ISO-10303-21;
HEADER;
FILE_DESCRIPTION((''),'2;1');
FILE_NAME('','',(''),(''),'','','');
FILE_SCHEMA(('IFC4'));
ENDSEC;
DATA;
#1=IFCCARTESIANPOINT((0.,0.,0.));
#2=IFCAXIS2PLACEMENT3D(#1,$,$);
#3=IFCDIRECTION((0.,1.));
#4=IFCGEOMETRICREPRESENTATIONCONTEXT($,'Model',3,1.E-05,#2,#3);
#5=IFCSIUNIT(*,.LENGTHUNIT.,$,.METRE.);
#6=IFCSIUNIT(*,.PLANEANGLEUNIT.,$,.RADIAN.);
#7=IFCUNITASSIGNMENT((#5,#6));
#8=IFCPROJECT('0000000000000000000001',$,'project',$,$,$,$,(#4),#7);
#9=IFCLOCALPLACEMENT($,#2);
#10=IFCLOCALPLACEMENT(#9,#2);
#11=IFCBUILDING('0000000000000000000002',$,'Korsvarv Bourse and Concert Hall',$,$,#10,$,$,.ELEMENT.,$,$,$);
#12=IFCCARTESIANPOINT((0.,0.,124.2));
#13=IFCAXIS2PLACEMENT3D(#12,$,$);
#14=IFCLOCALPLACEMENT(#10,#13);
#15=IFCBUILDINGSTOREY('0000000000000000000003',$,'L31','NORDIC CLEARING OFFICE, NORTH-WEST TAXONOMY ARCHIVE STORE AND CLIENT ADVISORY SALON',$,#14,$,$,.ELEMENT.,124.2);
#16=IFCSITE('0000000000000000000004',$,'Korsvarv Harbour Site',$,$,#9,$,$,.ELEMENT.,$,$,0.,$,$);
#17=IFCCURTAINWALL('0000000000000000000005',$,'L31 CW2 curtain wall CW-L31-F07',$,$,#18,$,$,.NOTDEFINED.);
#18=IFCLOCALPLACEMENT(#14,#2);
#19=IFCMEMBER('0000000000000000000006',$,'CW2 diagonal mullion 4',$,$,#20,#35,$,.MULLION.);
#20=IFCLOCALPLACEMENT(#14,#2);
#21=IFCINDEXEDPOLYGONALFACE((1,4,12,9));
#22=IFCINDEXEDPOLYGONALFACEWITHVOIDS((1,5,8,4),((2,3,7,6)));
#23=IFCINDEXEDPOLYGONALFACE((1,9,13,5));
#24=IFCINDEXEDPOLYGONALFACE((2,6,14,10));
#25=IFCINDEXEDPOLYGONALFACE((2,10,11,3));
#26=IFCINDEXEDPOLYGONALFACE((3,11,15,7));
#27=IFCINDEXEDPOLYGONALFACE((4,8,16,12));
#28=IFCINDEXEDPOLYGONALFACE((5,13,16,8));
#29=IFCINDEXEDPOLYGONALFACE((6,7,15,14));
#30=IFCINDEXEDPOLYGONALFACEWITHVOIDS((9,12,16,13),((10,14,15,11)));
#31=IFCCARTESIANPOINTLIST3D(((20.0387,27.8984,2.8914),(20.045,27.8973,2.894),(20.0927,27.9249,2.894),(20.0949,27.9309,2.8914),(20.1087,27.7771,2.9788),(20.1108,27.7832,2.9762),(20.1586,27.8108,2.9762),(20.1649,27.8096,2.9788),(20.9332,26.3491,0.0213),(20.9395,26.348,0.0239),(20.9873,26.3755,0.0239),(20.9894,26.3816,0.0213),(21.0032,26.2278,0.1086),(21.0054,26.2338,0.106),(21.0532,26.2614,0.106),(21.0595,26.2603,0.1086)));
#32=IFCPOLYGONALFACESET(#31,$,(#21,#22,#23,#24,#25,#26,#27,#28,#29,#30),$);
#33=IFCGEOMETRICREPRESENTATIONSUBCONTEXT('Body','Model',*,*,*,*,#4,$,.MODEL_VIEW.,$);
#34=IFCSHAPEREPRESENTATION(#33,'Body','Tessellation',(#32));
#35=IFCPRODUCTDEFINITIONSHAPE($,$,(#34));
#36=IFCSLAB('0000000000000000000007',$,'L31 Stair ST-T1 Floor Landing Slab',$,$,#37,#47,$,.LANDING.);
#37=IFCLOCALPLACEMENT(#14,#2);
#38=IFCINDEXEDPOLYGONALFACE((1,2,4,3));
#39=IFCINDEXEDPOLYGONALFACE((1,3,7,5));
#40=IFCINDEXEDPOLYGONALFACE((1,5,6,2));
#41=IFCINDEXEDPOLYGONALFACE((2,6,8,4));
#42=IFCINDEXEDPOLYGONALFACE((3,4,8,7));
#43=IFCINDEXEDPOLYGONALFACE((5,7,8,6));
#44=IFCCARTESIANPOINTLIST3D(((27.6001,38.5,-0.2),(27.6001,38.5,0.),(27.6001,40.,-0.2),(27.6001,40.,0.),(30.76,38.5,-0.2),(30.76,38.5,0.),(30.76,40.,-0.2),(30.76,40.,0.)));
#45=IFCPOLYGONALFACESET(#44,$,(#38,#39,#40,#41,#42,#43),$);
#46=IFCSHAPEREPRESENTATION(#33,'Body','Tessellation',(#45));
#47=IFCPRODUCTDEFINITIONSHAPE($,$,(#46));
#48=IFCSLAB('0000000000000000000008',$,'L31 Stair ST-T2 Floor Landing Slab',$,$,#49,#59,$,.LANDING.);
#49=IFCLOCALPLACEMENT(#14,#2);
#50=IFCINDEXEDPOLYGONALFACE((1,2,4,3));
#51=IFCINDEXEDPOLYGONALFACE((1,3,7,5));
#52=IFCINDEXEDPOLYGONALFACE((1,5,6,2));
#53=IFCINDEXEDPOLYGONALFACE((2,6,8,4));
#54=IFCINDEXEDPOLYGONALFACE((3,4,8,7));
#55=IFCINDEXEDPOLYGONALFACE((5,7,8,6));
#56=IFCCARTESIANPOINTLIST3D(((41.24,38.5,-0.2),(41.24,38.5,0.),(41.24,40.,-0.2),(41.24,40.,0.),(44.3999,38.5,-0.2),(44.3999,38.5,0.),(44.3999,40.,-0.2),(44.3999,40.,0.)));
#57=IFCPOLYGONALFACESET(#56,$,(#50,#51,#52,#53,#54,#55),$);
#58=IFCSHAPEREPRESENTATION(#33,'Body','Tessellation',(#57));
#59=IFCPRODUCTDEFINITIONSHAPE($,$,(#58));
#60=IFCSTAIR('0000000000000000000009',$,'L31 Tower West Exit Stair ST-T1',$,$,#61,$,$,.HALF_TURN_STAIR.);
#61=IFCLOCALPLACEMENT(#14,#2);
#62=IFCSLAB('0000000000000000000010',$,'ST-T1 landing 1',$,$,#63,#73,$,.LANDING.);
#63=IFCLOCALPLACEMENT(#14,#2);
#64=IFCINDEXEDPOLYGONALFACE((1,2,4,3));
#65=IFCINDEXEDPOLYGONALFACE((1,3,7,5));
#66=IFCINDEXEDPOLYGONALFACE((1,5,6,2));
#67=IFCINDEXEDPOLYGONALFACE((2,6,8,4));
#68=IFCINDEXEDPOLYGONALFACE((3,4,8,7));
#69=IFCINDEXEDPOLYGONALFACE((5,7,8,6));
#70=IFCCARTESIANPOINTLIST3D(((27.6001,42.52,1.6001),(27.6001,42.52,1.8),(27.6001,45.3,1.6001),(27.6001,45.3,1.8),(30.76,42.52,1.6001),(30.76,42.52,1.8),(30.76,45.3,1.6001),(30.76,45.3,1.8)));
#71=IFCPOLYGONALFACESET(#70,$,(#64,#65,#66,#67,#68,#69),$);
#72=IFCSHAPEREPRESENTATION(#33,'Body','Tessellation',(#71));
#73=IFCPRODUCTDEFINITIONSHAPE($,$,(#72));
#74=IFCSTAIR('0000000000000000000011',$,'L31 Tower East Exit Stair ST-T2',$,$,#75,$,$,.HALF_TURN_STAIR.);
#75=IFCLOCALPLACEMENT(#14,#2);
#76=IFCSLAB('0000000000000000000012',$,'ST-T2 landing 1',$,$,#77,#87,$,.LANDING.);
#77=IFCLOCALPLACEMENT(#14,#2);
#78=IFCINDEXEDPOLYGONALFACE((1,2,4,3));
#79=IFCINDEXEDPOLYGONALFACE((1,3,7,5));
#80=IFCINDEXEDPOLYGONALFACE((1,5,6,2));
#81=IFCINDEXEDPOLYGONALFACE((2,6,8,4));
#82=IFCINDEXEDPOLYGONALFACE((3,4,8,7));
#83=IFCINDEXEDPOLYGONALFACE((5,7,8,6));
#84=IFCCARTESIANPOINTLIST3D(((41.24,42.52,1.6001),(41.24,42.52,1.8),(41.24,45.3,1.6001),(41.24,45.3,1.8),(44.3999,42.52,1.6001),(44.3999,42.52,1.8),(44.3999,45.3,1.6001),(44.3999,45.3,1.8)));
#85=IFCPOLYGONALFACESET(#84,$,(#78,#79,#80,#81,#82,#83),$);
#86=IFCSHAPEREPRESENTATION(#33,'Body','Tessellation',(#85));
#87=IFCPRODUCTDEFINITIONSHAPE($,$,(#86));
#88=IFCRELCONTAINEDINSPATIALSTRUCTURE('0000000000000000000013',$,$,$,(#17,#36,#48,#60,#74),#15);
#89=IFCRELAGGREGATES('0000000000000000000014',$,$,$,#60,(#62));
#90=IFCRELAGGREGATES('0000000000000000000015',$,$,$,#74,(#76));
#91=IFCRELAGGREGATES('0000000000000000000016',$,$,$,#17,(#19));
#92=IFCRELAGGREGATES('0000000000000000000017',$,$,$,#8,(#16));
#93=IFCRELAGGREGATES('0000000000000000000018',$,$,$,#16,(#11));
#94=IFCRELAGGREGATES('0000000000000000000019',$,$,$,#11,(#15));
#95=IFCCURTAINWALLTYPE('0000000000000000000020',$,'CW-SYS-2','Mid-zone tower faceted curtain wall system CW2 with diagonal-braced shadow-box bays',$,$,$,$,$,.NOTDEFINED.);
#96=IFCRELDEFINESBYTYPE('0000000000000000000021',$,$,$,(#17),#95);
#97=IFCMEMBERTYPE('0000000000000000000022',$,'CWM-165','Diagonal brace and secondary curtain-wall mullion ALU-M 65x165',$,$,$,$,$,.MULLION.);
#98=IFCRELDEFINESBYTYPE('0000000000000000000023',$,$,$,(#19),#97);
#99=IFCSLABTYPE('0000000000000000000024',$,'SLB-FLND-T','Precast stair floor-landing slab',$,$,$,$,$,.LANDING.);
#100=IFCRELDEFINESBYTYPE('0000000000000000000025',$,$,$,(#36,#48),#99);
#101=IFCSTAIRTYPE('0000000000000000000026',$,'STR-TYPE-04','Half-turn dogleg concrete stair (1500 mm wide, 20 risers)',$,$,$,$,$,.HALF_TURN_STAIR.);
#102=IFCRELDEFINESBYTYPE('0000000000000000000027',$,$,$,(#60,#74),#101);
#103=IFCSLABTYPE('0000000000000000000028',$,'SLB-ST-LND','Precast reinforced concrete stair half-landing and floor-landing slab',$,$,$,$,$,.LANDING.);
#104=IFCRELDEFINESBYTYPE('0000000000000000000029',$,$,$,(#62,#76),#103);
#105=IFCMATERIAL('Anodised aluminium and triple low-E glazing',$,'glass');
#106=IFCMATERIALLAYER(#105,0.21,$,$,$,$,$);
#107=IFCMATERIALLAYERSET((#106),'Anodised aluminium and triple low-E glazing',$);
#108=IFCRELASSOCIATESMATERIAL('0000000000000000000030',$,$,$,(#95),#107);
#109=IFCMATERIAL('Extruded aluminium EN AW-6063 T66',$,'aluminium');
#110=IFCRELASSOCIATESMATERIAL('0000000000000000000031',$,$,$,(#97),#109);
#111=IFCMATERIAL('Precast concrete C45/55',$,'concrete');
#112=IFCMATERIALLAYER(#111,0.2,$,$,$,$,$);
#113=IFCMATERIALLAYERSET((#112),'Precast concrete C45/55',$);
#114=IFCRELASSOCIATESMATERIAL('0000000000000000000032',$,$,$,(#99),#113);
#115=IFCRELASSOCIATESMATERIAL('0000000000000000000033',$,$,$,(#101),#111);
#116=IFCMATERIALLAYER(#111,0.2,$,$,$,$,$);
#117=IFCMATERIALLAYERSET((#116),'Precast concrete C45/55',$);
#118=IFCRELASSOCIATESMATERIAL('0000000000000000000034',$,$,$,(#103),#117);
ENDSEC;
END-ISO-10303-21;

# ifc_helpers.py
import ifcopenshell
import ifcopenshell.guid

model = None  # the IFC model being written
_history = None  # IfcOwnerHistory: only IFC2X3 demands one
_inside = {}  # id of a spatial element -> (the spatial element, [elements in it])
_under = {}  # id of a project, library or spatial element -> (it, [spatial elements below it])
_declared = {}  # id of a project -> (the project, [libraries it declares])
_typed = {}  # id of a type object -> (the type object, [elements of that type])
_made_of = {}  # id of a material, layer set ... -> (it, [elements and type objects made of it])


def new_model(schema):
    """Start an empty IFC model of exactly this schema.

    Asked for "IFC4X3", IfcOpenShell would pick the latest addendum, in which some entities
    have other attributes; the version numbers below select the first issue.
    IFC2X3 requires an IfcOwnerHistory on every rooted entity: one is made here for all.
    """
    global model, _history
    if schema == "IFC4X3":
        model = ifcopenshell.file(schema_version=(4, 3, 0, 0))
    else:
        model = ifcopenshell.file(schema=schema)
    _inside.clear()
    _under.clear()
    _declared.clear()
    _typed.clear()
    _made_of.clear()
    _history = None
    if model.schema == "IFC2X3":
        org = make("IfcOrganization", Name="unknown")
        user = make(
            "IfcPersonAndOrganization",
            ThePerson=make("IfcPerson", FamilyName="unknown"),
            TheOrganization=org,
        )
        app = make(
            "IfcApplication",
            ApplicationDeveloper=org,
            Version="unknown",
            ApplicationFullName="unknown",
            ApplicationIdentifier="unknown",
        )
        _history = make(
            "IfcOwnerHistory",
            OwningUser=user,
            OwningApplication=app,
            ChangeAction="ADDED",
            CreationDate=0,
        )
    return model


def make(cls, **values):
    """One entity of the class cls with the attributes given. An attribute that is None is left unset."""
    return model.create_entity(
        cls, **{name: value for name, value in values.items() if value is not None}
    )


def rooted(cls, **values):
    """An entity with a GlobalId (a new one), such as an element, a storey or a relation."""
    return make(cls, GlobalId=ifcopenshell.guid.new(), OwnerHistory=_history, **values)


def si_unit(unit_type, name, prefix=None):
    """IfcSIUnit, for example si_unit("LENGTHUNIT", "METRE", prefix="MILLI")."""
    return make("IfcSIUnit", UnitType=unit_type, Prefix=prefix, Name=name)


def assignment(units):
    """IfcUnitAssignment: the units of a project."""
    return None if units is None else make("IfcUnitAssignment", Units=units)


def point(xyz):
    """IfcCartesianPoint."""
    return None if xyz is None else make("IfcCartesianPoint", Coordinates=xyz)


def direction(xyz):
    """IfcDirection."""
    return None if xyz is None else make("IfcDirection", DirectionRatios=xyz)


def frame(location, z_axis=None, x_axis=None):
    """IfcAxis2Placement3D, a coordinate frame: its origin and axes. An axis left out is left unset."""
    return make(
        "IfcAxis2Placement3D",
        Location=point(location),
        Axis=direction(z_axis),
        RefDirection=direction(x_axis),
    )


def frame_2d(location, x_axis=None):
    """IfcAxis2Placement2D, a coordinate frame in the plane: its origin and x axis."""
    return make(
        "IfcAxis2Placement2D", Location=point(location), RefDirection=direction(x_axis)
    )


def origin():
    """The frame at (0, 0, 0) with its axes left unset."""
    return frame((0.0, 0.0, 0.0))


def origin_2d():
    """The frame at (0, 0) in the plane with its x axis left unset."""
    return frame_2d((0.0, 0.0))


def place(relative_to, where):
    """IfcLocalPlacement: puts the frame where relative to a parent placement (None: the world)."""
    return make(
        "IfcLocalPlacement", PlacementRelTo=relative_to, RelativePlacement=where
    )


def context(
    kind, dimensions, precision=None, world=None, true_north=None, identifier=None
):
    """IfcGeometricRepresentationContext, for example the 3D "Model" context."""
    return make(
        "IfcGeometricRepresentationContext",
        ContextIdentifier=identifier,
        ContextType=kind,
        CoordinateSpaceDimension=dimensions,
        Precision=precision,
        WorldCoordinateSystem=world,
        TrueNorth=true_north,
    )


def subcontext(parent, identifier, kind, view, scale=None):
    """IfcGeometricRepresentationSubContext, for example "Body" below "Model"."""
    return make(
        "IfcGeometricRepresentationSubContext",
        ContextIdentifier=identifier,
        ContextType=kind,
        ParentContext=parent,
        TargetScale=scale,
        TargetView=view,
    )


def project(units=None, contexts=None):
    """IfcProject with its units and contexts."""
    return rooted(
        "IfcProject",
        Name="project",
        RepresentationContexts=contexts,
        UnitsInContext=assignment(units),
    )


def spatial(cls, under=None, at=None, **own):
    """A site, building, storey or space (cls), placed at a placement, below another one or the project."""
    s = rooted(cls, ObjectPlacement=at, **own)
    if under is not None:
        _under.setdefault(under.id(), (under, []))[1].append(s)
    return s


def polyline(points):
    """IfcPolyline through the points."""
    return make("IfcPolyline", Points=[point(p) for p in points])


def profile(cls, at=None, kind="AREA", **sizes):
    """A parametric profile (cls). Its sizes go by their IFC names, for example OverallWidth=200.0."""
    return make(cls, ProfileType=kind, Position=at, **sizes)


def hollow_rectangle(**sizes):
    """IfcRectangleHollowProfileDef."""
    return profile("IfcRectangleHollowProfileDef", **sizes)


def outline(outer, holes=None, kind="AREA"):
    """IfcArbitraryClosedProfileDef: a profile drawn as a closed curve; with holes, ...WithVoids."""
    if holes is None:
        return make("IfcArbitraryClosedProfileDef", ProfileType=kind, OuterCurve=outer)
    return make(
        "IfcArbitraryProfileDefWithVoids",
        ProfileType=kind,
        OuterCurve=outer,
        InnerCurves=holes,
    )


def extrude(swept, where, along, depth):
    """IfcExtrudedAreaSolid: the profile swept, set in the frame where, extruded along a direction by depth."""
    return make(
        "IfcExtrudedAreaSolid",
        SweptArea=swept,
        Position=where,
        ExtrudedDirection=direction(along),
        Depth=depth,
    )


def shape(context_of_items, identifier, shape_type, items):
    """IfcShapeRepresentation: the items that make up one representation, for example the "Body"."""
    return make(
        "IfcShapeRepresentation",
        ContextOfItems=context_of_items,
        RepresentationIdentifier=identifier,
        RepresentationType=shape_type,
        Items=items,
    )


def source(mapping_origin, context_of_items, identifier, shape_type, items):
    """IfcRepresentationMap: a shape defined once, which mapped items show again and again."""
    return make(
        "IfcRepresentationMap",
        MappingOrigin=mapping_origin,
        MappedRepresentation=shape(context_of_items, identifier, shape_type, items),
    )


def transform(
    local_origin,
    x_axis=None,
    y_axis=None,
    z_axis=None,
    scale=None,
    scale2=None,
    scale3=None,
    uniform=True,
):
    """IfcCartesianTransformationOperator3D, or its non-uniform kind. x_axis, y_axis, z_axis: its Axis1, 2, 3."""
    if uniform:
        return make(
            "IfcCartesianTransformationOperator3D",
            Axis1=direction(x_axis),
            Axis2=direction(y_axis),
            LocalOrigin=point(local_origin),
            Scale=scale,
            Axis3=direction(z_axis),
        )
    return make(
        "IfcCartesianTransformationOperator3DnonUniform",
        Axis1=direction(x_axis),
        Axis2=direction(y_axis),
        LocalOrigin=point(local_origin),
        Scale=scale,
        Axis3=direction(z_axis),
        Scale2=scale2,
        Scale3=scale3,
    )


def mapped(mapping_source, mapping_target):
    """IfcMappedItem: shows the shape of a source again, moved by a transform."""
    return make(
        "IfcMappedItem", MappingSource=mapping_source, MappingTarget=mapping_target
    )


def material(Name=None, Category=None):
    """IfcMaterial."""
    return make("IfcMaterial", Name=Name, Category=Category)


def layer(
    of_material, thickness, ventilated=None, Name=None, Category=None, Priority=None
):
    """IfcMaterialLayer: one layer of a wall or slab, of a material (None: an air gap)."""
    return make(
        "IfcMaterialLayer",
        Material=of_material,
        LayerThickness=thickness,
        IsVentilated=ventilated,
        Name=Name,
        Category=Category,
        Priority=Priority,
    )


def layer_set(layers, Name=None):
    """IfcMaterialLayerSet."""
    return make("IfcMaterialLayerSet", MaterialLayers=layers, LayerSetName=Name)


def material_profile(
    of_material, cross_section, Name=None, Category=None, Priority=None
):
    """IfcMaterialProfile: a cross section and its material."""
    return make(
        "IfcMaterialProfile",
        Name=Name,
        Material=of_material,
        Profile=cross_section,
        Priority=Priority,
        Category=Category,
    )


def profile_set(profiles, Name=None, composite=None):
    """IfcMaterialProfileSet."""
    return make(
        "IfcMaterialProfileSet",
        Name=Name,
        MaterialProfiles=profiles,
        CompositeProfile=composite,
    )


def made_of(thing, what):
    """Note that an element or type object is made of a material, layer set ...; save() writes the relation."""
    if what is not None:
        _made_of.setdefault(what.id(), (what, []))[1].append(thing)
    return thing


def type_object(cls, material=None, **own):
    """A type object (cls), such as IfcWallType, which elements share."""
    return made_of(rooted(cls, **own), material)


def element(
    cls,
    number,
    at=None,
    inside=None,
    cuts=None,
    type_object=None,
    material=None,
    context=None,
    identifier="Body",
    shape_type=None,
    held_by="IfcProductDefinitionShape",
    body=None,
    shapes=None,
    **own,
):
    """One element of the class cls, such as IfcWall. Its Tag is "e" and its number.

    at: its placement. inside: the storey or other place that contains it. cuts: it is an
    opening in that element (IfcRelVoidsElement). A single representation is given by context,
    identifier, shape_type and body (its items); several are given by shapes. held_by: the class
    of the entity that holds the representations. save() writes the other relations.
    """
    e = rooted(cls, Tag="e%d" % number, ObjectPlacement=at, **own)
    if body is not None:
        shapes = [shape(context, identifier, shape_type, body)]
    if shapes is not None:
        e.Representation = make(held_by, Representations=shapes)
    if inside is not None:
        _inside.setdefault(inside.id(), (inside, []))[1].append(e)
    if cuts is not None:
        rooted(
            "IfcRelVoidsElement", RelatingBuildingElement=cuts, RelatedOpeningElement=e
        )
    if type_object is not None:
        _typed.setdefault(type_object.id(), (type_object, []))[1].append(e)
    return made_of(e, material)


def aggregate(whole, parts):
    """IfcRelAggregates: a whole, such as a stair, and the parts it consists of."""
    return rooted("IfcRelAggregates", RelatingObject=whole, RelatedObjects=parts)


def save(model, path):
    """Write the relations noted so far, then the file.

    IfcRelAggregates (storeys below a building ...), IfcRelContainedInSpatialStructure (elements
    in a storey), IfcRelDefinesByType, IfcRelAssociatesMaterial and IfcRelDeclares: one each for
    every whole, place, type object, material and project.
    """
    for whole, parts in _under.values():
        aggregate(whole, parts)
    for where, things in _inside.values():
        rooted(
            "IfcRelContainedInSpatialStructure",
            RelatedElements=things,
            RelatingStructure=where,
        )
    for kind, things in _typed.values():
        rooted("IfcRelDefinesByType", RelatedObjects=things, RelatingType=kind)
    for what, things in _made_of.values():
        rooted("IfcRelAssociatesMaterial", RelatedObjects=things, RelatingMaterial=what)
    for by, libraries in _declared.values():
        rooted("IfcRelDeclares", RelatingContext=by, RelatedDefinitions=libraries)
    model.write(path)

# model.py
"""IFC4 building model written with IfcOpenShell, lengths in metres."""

from ifc_helpers import new_model, si_unit, direction, frame, origin, origin_2d, place, context, subcontext, project, spatial, polyline, hollow_rectangle, outline, extrude, source, transform, mapped, material, layer, layer_set, material_profile, profile_set, type_object, element, aggregate, save


model = new_model("IFC4")

# Units and contexts
model_context = context("Model", 3, precision=1e-05, world=origin(), true_north=direction((0.0, 1.0)))
body_context = subcontext(model_context, "Body", "Model", "MODEL_VIEW")
ifc_project = project(units=[si_unit("LENGTHUNIT", "METRE"), si_unit("PLANEANGLEUNIT", "RADIAN")], contexts=[model_context])

# Site, building, storey
site_placement = place(None, origin())
site = spatial("IfcSite", under=ifc_project, at=site_placement, Name="Korsvarv Harbour Site", CompositionType="ELEMENT", RefElevation=0.0)
building_placement = place(site_placement, origin())
building = spatial("IfcBuilding", under=site, at=building_placement, Name="Korsvarv Bourse and Concert Hall", CompositionType="ELEMENT")
storey_placement = place(building_placement, frame((0.0, 0.0, 124.2)))
storey = spatial("IfcBuildingStorey", under=building, at=storey_placement, Name="L31", Description="NORDIC CLEARING OFFICE, NORTH-WEST TAXONOMY ARCHIVE STORE AND CLIENT ADVISORY SALON", CompositionType="ELEMENT", Elevation=124.2)

# Curtain wall, member
ifc_material_1 = material(Name="Anodised aluminium and triple low-E glazing", Category="glass")
ifc_layer_1 = layer(ifc_material_1, 0.21)
ifc_layer_set_1 = layer_set([ifc_layer_1], Name="Anodised aluminium and triple low-E glazing")
curtain_wall_type = type_object("IfcCurtainWallType", Name="CW-SYS-2", Description="Mid-zone tower faceted curtain wall system CW2 with diagonal-braced shadow-box bays", PredefinedType="NOTDEFINED", material=ifc_layer_set_1)
curtain_wall_placement = place(storey_placement, origin())
curtain_wall = element("IfcCurtainWall", 1, at=curtain_wall_placement, inside=storey, type_object=curtain_wall_type, Name="L31 CW2 curtain wall CW-L31-F07", PredefinedType="NOTDEFINED")
ifc_material_2 = material(Name="Extruded aluminium EN AW-6063 T66", Category="aluminium")
ifc_material_profile_1 = material_profile(ifc_material_2, hollow_rectangle(XDim=0.0649, YDim=0.165, WallThickness=0.0049, at=origin_2d()), Name="ALU-M 65x165")
ifc_profile_set_1 = profile_set([ifc_material_profile_1], Name="Extruded aluminium EN AW-6063 T66")
member_type_1 = type_object("IfcMemberType", Name="CWM-165", Description="Diagonal brace and secondary curtain-wall mullion ALU-M 65x165", PredefinedType="MULLION", material=ifc_profile_set_1)
shared_shape_1 = source(origin(), body_context, "Body", "SweptSolid", [
    extrude(hollow_rectangle(XDim=0.0649, YDim=0.165, WallThickness=0.0049, at=origin_2d()), origin(), (0.0, 0.0, 1.0), 3.3821),
])
member_1_placement = place(storey_placement, frame((20.9963, 26.3047, 0.0649), z_axis=(-0.264495, 0.458102, 0.848637), x_axis=(-0.866017, -0.500014, 0.0)))
member_1 = element("IfcMember", 2, at=member_1_placement, type_object=member_type_1, Name="CW2 diagonal mullion 4", PredefinedType="MULLION", context=body_context, shape_type="MappedRepresentation", body=[
    mapped(shared_shape_1, transform((0.0, 0.0, 0.0), scale=1.0)),
])

# Slabs
ifc_material_3 = material(Name="Precast concrete C45/55", Category="concrete")
ifc_layer_2 = layer(ifc_material_3, 0.2)
ifc_layer_set_2 = layer_set([ifc_layer_2], Name="Precast concrete C45/55")
slab_type_1 = type_object("IfcSlabType", Name="SLB-FLND-T", Description="Precast stair floor-landing slab", PredefinedType="LANDING", material=ifc_layer_set_2)
slab_1_placement = place(storey_placement, frame((0.0, 0.0, -0.2)))
element("IfcSlab", 3, at=slab_1_placement, inside=storey, type_object=slab_type_1, Name="L31 Stair ST-T1 Floor Landing Slab", PredefinedType="LANDING", context=body_context, shape_type="SweptSolid", body=[
    extrude(outline(polyline([(30.76, 38.5), (30.76, 40.0), (27.6001, 40.0), (27.6001, 38.5), (30.76, 38.5)])), origin(), (0.0, 0.0, 1.0), 0.2),
])
slab_2_placement = place(storey_placement, frame((0.0, 0.0, -0.2)))
element("IfcSlab", 4, at=slab_2_placement, inside=storey, type_object=slab_type_1, Name="L31 Stair ST-T2 Floor Landing Slab", PredefinedType="LANDING", context=body_context, shape_type="SweptSolid", body=[
    extrude(outline(polyline([(44.3999, 38.5), (44.3999, 40.0), (41.24, 40.0), (41.24, 38.5), (44.3999, 38.5)])), origin(), (0.0, 0.0, 1.0), 0.2),
])

# Stairs, slabs
stair_type = type_object("IfcStairType", Name="STR-TYPE-04", Description="Half-turn dogleg concrete stair (1500 mm wide, 20 risers)", PredefinedType="HALF_TURN_STAIR", material=ifc_material_3)
stair_1_placement = place(storey_placement, origin())
stair_1 = element("IfcStair", 5, at=stair_1_placement, inside=storey, type_object=stair_type, Name="L31 Tower West Exit Stair ST-T1", PredefinedType="HALF_TURN_STAIR")
ifc_layer_3 = layer(ifc_material_3, 0.2)
ifc_layer_set_3 = layer_set([ifc_layer_3], Name="Precast concrete C45/55")
slab_type_2 = type_object("IfcSlabType", Name="SLB-ST-LND", Description="Precast reinforced concrete stair half-landing and floor-landing slab", PredefinedType="LANDING", material=ifc_layer_set_3)
slab_3_placement = place(storey_placement, frame((0.0, 0.0, 1.6001)))
slab_3 = element("IfcSlab", 6, at=slab_3_placement, type_object=slab_type_2, Name="ST-T1 landing 1", PredefinedType="LANDING", context=body_context, shape_type="SweptSolid", body=[
    extrude(outline(polyline([(30.76, 42.52), (30.76, 45.3), (27.6001, 45.3), (27.6001, 42.52), (30.76, 42.52)])), origin(), (0.0, 0.0, 1.0), 0.2),
])
aggregate(stair_1, [slab_3])
stair_2_placement = place(storey_placement, origin())
stair_2 = element("IfcStair", 7, at=stair_2_placement, inside=storey, type_object=stair_type, Name="L31 Tower East Exit Stair ST-T2", PredefinedType="HALF_TURN_STAIR")
slab_4_placement = place(storey_placement, frame((0.0, 0.0, 1.6001)))
slab_4 = element("IfcSlab", 8, at=slab_4_placement, type_object=slab_type_2, Name="ST-T2 landing 1", PredefinedType="LANDING", context=body_context, shape_type="SweptSolid", body=[
    extrude(outline(polyline([(44.3999, 42.52), (44.3999, 45.3), (41.24, 45.3), (41.24, 42.52), (44.3999, 42.52)])), origin(), (0.0, 0.0, 1.0), 0.2),
])
aggregate(stair_2, [slab_4])

aggregate(curtain_wall, [member_1])

save(model, "model.ifc")
